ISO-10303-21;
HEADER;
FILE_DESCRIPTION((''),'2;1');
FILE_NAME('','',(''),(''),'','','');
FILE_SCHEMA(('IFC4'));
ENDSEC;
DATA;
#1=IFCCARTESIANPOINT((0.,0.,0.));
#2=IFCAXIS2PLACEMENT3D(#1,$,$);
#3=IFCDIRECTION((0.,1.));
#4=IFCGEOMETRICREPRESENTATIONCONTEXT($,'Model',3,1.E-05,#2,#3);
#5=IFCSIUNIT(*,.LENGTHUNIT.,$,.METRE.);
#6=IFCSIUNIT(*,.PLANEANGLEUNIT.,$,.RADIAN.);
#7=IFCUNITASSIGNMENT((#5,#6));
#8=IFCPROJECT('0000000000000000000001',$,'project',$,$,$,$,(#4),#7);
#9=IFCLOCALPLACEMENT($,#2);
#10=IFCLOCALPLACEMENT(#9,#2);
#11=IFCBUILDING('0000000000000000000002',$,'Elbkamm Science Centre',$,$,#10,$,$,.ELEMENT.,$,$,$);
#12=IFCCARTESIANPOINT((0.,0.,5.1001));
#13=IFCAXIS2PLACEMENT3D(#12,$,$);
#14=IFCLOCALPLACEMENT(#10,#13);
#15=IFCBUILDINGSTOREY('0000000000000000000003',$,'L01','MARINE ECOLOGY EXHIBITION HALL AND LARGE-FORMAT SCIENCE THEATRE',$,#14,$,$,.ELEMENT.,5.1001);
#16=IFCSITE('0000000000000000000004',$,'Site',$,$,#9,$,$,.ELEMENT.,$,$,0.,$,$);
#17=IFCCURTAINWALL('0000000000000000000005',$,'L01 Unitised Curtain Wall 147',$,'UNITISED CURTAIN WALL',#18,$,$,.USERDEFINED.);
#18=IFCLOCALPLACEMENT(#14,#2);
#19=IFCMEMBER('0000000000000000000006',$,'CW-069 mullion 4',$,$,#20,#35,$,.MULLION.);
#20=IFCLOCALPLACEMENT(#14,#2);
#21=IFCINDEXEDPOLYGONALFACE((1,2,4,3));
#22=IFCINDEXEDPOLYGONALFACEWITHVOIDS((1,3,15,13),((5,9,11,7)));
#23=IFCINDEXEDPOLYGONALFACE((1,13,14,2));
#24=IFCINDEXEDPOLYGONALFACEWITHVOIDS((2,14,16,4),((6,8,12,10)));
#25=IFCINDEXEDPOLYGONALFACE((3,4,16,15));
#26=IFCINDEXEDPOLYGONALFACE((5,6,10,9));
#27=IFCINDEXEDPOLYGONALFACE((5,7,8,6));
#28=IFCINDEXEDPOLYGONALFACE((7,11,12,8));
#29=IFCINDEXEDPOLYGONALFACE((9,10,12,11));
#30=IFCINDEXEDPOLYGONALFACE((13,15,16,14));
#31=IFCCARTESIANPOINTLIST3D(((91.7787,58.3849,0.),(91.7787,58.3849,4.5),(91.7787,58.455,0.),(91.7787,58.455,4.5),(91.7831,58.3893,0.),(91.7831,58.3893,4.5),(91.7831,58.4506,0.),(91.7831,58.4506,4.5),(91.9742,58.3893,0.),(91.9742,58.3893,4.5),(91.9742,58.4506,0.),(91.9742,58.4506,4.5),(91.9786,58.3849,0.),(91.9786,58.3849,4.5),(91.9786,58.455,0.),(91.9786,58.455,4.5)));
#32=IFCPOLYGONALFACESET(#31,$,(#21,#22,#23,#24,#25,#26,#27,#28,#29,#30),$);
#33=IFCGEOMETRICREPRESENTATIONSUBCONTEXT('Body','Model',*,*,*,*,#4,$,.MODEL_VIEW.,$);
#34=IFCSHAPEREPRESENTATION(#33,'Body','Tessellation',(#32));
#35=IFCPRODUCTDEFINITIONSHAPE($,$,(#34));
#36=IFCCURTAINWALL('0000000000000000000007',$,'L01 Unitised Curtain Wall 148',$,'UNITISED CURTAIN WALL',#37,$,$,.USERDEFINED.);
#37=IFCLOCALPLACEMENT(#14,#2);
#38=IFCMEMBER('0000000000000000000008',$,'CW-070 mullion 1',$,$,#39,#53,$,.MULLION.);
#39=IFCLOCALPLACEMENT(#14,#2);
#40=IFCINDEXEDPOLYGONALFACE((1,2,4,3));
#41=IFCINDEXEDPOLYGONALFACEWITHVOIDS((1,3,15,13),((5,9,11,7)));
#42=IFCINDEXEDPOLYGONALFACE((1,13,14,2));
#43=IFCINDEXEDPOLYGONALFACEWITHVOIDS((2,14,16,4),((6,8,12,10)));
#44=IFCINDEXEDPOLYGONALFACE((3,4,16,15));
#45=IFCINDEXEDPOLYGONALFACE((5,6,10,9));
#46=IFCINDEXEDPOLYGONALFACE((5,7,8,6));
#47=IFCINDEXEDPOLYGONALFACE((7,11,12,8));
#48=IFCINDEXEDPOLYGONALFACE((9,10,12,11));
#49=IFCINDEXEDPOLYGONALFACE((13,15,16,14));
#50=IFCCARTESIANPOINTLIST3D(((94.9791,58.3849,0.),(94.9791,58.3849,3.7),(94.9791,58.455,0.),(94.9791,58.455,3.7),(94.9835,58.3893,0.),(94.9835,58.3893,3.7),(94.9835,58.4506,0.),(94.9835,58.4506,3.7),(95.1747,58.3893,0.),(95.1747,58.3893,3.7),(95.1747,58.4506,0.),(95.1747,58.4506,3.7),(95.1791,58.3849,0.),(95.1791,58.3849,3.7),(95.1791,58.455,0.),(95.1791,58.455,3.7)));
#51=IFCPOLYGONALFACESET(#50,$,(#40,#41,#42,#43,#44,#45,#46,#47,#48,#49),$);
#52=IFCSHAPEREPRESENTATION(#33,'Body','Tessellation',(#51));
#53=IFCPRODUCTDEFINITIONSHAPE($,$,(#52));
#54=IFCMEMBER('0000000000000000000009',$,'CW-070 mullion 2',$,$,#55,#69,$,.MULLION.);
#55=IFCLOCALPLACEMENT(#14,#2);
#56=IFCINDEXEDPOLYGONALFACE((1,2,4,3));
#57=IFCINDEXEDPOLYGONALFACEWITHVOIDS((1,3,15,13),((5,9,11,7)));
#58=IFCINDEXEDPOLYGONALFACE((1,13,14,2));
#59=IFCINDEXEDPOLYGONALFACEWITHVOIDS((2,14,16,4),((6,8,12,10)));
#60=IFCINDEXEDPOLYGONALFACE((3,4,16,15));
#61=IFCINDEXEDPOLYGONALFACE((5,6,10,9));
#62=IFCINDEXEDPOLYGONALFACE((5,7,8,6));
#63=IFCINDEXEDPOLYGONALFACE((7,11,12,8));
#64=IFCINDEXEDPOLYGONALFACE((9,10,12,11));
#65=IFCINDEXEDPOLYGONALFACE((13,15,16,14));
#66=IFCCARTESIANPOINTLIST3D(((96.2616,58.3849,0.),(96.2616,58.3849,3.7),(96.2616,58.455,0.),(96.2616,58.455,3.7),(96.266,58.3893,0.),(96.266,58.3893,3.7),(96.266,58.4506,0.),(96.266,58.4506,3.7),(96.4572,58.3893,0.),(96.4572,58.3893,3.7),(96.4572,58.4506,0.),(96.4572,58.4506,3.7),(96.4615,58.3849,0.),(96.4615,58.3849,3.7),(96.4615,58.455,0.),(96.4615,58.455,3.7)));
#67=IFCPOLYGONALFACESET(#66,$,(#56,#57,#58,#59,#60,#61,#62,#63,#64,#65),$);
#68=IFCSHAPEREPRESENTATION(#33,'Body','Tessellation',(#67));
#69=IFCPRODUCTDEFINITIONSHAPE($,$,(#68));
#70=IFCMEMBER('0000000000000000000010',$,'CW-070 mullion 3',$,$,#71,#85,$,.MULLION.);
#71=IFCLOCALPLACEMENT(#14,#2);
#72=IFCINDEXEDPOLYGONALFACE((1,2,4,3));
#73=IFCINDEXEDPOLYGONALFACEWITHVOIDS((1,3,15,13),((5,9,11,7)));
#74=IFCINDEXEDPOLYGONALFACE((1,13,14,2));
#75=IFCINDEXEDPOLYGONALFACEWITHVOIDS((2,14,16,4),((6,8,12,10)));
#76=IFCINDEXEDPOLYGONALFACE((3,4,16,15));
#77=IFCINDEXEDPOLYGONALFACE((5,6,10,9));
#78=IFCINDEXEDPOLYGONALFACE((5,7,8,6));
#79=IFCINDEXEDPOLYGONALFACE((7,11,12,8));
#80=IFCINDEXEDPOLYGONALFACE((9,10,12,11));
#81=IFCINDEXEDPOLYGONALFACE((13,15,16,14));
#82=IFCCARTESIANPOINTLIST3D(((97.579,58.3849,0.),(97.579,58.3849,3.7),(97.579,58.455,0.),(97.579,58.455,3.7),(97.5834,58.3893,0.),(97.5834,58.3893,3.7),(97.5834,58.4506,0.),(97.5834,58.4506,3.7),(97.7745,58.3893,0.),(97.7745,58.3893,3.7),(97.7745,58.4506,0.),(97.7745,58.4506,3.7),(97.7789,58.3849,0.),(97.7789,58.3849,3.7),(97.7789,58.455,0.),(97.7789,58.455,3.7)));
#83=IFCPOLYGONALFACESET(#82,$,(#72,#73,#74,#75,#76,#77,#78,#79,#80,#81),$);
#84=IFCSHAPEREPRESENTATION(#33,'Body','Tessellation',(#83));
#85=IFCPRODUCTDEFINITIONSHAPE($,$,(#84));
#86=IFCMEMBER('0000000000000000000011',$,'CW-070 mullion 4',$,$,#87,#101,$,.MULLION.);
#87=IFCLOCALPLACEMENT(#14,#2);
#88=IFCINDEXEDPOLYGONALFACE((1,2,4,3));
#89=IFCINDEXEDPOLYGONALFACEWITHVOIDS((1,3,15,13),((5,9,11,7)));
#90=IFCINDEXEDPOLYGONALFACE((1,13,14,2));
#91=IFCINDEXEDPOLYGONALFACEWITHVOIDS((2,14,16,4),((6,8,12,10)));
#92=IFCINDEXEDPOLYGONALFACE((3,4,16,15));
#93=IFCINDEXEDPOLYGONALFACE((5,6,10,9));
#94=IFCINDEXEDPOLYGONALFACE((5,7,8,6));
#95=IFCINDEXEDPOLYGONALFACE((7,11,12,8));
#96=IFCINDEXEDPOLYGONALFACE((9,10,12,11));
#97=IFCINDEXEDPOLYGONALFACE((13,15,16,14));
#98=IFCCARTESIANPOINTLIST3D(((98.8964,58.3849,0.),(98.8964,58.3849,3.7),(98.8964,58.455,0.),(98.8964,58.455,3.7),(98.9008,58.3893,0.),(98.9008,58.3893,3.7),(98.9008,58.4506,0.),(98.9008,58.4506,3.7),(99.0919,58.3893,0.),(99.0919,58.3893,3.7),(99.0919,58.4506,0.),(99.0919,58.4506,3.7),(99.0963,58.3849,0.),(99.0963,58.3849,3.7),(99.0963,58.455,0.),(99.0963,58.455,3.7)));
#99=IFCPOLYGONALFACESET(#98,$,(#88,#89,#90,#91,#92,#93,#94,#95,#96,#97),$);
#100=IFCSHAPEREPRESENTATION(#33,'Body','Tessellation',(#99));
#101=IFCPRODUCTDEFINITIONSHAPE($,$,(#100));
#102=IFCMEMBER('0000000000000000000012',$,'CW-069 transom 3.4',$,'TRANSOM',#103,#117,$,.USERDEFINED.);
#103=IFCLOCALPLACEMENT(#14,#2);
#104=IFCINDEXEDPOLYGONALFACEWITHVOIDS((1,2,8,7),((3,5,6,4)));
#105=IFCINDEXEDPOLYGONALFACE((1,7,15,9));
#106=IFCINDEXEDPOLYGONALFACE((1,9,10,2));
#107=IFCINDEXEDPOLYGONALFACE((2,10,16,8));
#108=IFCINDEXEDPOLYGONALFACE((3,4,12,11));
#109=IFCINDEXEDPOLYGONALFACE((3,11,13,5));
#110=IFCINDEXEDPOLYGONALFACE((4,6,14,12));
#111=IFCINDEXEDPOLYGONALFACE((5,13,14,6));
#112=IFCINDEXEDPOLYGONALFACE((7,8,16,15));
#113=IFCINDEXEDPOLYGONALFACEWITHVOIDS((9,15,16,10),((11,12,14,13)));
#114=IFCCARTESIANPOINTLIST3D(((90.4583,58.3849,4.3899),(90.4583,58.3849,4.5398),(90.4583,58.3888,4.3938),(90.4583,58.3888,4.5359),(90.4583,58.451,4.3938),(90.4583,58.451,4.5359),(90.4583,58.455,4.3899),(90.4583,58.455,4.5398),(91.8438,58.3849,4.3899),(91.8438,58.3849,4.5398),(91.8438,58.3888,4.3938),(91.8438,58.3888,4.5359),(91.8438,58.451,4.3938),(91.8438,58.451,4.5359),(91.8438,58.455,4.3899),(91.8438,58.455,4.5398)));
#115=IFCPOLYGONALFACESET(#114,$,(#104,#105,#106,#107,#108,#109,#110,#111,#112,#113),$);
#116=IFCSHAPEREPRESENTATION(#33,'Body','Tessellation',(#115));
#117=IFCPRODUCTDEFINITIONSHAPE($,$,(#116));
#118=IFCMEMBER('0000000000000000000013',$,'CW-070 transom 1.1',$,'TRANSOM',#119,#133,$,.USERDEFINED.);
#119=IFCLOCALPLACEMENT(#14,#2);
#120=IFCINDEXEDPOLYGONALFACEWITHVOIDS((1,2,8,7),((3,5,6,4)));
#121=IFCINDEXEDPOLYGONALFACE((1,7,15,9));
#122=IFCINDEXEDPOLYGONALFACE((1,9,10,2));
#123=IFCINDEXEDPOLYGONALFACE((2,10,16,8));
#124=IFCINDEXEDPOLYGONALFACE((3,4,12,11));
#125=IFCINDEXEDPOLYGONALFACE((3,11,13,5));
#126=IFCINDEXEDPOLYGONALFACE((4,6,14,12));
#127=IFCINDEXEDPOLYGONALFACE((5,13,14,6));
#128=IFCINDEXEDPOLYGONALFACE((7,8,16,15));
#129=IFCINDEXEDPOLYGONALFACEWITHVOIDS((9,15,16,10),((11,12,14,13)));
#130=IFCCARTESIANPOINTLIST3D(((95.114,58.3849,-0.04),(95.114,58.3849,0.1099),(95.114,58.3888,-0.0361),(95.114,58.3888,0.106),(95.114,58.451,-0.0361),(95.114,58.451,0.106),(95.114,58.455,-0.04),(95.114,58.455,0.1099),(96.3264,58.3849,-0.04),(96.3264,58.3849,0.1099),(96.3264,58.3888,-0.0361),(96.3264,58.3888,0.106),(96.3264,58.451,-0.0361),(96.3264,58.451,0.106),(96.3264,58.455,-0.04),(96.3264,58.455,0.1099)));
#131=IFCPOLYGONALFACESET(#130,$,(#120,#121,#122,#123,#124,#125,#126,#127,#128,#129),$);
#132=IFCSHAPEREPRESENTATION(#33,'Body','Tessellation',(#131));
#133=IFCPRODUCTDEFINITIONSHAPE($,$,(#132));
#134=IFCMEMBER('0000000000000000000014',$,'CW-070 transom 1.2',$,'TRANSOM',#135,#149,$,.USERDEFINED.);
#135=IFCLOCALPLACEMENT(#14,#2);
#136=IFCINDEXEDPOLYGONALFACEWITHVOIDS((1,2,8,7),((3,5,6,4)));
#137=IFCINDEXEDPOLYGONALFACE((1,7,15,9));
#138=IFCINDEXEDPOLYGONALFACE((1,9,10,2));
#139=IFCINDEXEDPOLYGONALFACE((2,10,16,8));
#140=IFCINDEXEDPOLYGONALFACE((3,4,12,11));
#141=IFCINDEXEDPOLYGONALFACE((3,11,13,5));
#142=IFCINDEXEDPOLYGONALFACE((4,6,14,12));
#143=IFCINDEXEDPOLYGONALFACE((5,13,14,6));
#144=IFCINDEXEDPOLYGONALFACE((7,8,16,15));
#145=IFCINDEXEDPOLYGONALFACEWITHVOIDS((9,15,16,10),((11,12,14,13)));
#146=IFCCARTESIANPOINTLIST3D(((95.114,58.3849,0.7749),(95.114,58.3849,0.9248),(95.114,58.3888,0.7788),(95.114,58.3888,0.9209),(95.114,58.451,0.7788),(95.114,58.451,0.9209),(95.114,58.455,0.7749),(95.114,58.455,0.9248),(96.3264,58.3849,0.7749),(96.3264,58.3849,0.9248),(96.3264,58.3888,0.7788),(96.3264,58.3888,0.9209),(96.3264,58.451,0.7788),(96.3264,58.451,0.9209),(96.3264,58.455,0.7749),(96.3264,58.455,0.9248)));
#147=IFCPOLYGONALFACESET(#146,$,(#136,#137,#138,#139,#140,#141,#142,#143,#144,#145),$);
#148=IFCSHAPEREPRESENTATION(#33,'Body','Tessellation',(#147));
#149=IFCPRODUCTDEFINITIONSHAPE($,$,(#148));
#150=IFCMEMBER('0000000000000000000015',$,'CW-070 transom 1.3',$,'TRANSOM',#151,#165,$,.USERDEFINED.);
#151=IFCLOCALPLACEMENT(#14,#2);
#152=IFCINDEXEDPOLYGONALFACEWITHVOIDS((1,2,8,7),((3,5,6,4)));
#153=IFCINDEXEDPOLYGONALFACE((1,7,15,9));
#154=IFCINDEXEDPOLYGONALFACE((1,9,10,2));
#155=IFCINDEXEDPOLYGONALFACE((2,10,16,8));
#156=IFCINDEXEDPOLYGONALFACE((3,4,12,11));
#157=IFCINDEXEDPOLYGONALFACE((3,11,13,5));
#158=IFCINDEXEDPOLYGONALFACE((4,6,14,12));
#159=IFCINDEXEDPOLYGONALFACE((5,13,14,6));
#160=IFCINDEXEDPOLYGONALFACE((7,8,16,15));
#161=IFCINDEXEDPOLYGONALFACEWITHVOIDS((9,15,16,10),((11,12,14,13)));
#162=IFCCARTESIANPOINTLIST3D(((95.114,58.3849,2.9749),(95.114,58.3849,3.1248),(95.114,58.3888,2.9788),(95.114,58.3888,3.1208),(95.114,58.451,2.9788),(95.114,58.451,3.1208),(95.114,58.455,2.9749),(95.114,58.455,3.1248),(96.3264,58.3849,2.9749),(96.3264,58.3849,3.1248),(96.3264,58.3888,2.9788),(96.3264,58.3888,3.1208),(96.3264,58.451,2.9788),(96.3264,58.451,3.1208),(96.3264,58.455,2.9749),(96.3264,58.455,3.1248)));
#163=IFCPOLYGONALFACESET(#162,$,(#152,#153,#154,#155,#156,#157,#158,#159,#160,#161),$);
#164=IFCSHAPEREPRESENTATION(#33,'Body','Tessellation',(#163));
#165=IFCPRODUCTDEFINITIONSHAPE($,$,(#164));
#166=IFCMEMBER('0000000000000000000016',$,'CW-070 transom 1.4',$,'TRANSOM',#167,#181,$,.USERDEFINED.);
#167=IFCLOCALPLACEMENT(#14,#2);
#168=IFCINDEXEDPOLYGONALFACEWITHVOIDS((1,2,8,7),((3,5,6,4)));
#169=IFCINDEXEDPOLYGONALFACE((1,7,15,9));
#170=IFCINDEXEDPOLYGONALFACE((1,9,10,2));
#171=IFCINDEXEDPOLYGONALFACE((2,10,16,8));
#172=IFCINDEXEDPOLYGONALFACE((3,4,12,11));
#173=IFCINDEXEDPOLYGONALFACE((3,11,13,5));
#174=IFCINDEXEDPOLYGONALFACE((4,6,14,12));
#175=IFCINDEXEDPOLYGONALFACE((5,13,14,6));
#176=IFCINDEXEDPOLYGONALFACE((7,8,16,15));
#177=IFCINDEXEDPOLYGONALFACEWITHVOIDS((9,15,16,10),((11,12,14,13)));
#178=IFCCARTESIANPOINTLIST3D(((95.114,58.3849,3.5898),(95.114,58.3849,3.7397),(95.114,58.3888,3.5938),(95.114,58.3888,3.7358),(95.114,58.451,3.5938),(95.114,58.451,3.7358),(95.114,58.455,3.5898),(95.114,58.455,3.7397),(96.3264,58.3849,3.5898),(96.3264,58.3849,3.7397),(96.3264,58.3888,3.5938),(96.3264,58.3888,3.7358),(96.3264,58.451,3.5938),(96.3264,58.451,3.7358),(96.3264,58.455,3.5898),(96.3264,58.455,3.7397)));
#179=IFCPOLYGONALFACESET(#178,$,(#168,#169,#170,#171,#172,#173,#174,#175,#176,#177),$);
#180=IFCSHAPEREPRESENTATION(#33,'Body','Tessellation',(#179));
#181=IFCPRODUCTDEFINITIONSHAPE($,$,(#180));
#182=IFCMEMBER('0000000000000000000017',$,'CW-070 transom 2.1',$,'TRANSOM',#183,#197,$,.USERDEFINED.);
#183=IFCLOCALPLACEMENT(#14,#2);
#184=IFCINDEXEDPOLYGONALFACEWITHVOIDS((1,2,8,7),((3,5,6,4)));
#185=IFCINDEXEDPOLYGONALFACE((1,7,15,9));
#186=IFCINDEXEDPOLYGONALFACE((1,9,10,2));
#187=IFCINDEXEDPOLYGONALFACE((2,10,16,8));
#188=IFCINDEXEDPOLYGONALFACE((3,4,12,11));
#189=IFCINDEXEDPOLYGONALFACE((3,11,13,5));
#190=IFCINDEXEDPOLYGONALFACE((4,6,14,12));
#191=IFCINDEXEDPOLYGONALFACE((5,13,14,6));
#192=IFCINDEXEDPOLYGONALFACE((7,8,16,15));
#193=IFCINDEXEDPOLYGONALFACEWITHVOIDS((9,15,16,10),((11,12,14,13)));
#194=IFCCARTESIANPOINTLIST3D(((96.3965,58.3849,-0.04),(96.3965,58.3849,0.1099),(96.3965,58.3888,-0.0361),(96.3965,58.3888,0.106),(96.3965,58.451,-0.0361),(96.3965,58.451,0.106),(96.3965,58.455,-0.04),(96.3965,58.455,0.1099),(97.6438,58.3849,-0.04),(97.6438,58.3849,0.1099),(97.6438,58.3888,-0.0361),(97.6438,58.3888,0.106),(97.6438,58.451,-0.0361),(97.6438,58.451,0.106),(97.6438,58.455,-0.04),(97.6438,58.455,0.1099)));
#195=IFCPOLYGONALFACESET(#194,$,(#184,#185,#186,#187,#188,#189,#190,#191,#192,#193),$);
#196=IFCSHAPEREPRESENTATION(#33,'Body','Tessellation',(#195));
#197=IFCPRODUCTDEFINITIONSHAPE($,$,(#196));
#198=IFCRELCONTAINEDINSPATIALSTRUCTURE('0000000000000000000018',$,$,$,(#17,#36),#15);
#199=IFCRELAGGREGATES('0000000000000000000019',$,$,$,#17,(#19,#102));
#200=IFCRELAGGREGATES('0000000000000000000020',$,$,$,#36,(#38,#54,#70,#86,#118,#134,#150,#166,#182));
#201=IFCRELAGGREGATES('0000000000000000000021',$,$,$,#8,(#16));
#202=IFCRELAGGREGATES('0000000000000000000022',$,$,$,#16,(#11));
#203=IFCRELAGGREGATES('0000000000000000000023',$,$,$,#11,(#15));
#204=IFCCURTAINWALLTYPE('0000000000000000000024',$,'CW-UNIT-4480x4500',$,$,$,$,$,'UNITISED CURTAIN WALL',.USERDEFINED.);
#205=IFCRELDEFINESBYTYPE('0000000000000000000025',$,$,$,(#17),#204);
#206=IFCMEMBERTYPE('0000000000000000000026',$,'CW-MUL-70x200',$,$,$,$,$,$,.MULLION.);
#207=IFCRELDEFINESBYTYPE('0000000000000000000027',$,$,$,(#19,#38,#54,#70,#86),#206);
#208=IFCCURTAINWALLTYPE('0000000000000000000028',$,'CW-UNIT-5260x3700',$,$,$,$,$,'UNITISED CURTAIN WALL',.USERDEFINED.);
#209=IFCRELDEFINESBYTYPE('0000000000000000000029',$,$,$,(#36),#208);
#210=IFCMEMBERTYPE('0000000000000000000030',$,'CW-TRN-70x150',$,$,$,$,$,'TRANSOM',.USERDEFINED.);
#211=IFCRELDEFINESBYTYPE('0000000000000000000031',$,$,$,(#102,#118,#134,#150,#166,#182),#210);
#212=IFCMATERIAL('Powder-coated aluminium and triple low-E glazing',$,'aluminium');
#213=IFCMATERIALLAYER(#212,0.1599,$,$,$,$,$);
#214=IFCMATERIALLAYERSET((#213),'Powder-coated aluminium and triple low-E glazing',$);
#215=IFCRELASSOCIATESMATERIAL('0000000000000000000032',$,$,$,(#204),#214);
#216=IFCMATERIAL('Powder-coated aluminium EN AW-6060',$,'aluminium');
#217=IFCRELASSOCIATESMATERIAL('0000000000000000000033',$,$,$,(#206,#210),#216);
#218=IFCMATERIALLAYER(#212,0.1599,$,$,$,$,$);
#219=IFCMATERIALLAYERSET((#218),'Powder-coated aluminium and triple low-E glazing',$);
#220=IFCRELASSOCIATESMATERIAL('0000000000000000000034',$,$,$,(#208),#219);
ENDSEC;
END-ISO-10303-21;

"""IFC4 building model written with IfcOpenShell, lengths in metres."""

from ifc_helpers import new_model, si_unit, direction, frame, origin, origin_2d, place, context, subcontext, project, spatial, hollow_rectangle, extrude, material, layer, layer_set, material_profile, profile_set, type_object, element, aggregate, save


model = new_model("IFC4")

# Units and contexts
model_context = context("Model", 3, precision=1e-05, world=origin(), true_north=direction((0.0, 1.0)))
body_context = subcontext(model_context, "Body", "Model", "MODEL_VIEW")
ifc_project = project(units=[si_unit("LENGTHUNIT", "METRE"), si_unit("PLANEANGLEUNIT", "RADIAN")], contexts=[model_context])

# Site, building, storey
site_placement = place(None, origin())
site = spatial("IfcSite", under=ifc_project, at=site_placement, Name="Site", CompositionType="ELEMENT", RefElevation=0.0)
building_placement = place(site_placement, origin())
building = spatial("IfcBuilding", under=site, at=building_placement, Name="Elbkamm Science Centre", CompositionType="ELEMENT")
storey_placement = place(building_placement, frame((0.0, 0.0, 5.1001)))
storey = spatial("IfcBuildingStorey", under=building, at=storey_placement, Name="L01", Description="MARINE ECOLOGY EXHIBITION HALL AND LARGE-FORMAT SCIENCE THEATRE", CompositionType="ELEMENT", Elevation=5.1001)

# Curtain wall, member
ifc_material_1 = material(Name="Powder-coated aluminium and triple low-E glazing", Category="aluminium")
ifc_layer_1 = layer(ifc_material_1, 0.1599)
ifc_layer_set_1 = layer_set([ifc_layer_1], Name="Powder-coated aluminium and triple low-E glazing")
curtain_wall_type_1 = type_object("IfcCurtainWallType", Name="CW-UNIT-4480x4500", ElementType="UNITISED CURTAIN WALL", PredefinedType="USERDEFINED", material=ifc_layer_set_1)
curtain_wall_1_placement = place(storey_placement, origin())
curtain_wall_1 = element("IfcCurtainWall", 1, at=curtain_wall_1_placement, inside=storey, type_object=curtain_wall_type_1, Name="L01 Unitised Curtain Wall 147", ObjectType="UNITISED CURTAIN WALL", PredefinedType="USERDEFINED")
ifc_material_2 = material(Name="Powder-coated aluminium EN AW-6060", Category="aluminium")
ifc_material_profile_1 = material_profile(ifc_material_2, hollow_rectangle(XDim=0.0701, YDim=0.2, WallThickness=0.0044, at=origin_2d()), Name="ALU M70x200")
ifc_profile_set_1 = profile_set([ifc_material_profile_1], Name="Powder-coated aluminium EN AW-6060")
member_type_1 = type_object("IfcMemberType", Name="CW-MUL-70x200", PredefinedType="MULLION", material=ifc_profile_set_1)
member_1_placement = place(storey_placement, frame((91.8787, 58.4199, 0.0), z_axis=(0.0, 0.0, 1.0), x_axis=(0.0, 1.0, 0.0)))
member_1 = element("IfcMember", 2, at=member_1_placement, type_object=member_type_1, Name="CW-069 mullion 4", PredefinedType="MULLION", context=body_context, shape_type="SweptSolid", body=[
    extrude(hollow_rectangle(XDim=0.0701, YDim=0.2, WallThickness=0.0044, at=origin_2d()), origin(), (0.0, 0.0, 1.0), 4.5),
])

# Curtain wall, members
ifc_layer_2 = layer(ifc_material_1, 0.1599)
ifc_layer_set_2 = layer_set([ifc_layer_2], Name="Powder-coated aluminium and triple low-E glazing")
curtain_wall_type_2 = type_object("IfcCurtainWallType", Name="CW-UNIT-5260x3700", ElementType="UNITISED CURTAIN WALL", PredefinedType="USERDEFINED", material=ifc_layer_set_2)
curtain_wall_2_placement = place(storey_placement, origin())
curtain_wall_2 = element("IfcCurtainWall", 3, at=curtain_wall_2_placement, inside=storey, type_object=curtain_wall_type_2, Name="L01 Unitised Curtain Wall 148", ObjectType="UNITISED CURTAIN WALL", PredefinedType="USERDEFINED")
member_2_placement = place(storey_placement, frame((95.0791, 58.4199, 0.0), z_axis=(0.0, 0.0, 1.0), x_axis=(0.0, 1.0, 0.0)))
member_2 = element("IfcMember", 4, at=member_2_placement, type_object=member_type_1, Name="CW-070 mullion 1", PredefinedType="MULLION", context=body_context, shape_type="SweptSolid", body=[
    extrude(hollow_rectangle(XDim=0.0701, YDim=0.2, WallThickness=0.0044, at=origin_2d()), origin(), (0.0, 0.0, 1.0), 3.7),
])
member_3_placement = place(storey_placement, frame((96.3616, 58.4199, 0.0), z_axis=(0.0, 0.0, 1.0), x_axis=(0.0, 1.0, 0.0)))
member_3 = element("IfcMember", 5, at=member_3_placement, type_object=member_type_1, Name="CW-070 mullion 2", PredefinedType="MULLION", context=body_context, shape_type="SweptSolid", body=[
    extrude(hollow_rectangle(XDim=0.0701, YDim=0.2, WallThickness=0.0044, at=origin_2d()), origin(), (0.0, 0.0, 1.0), 3.7),
])
member_4_placement = place(storey_placement, frame((97.679, 58.4199, 0.0), z_axis=(0.0, 0.0, 1.0), x_axis=(0.0, 1.0, 0.0)))
member_4 = element("IfcMember", 6, at=member_4_placement, type_object=member_type_1, Name="CW-070 mullion 3", PredefinedType="MULLION", context=body_context, shape_type="SweptSolid", body=[
    extrude(hollow_rectangle(XDim=0.0701, YDim=0.2, WallThickness=0.0044, at=origin_2d()), origin(), (0.0, 0.0, 1.0), 3.7),
])
member_5_placement = place(storey_placement, frame((98.9963, 58.4199, 0.0), z_axis=(0.0, 0.0, 1.0), x_axis=(0.0, 1.0, 0.0)))
member_5 = element("IfcMember", 7, at=member_5_placement, type_object=member_type_1, Name="CW-070 mullion 4", PredefinedType="MULLION", context=body_context, shape_type="SweptSolid", body=[
    extrude(hollow_rectangle(XDim=0.0701, YDim=0.2, WallThickness=0.0044, at=origin_2d()), origin(), (0.0, 0.0, 1.0), 3.7),
])

# Members
ifc_material_profile_2 = material_profile(ifc_material_2, hollow_rectangle(XDim=0.0701, YDim=0.1499, WallThickness=0.0039, at=origin_2d()), Name="ALU T70x150")
ifc_profile_set_2 = profile_set([ifc_material_profile_2], Name="Powder-coated aluminium EN AW-6060")
member_type_2 = type_object("IfcMemberType", Name="CW-TRN-70x150", ElementType="TRANSOM", PredefinedType="USERDEFINED", material=ifc_profile_set_2)
member_6_placement = place(storey_placement, frame((90.4583, 58.4199, 4.4648), z_axis=(1.0, 0.0, 0.0), x_axis=(0.0, 1.0, 0.0)))
member_6 = element("IfcMember", 8, at=member_6_placement, type_object=member_type_2, Name="CW-069 transom 3.4", ObjectType="TRANSOM", PredefinedType="USERDEFINED", context=body_context, shape_type="SweptSolid", body=[
    extrude(hollow_rectangle(XDim=0.0701, YDim=0.1499, WallThickness=0.0039, at=origin_2d()), origin(), (0.0, 0.0, 1.0), 1.3855),
])
member_7_placement = place(storey_placement, frame((95.114, 58.4199, 0.0349), z_axis=(1.0, 0.0, 0.0), x_axis=(0.0, 1.0, 0.0)))
member_7 = element("IfcMember", 9, at=member_7_placement, type_object=member_type_2, Name="CW-070 transom 1.1", ObjectType="TRANSOM", PredefinedType="USERDEFINED", context=body_context, shape_type="SweptSolid", body=[
    extrude(hollow_rectangle(XDim=0.0701, YDim=0.1499, WallThickness=0.0039, at=origin_2d()), origin(), (0.0, 0.0, 1.0), 1.2124),
])
member_8_placement = place(storey_placement, frame((95.114, 58.4199, 0.8499), z_axis=(1.0, 0.0, 0.0), x_axis=(0.0, 1.0, 0.0)))
member_8 = element("IfcMember", 10, at=member_8_placement, type_object=member_type_2, Name="CW-070 transom 1.2", ObjectType="TRANSOM", PredefinedType="USERDEFINED", context=body_context, shape_type="SweptSolid", body=[
    extrude(hollow_rectangle(XDim=0.0701, YDim=0.1499, WallThickness=0.0039, at=origin_2d()), origin(), (0.0, 0.0, 1.0), 1.2124),
])
member_9_placement = place(storey_placement, frame((95.114, 58.4199, 3.0498), z_axis=(1.0, 0.0, 0.0), x_axis=(0.0, 1.0, 0.0)))
member_9 = element("IfcMember", 11, at=member_9_placement, type_object=member_type_2, Name="CW-070 transom 1.3", ObjectType="TRANSOM", PredefinedType="USERDEFINED", context=body_context, shape_type="SweptSolid", body=[
    extrude(hollow_rectangle(XDim=0.0701, YDim=0.1499, WallThickness=0.0039, at=origin_2d()), origin(), (0.0, 0.0, 1.0), 1.2124),
])
member_10_placement = place(storey_placement, frame((95.114, 58.4199, 3.6648), z_axis=(1.0, 0.0, 0.0), x_axis=(0.0, 1.0, 0.0)))
member_10 = element("IfcMember", 12, at=member_10_placement, type_object=member_type_2, Name="CW-070 transom 1.4", ObjectType="TRANSOM", PredefinedType="USERDEFINED", context=body_context, shape_type="SweptSolid", body=[
    extrude(hollow_rectangle(XDim=0.0701, YDim=0.1499, WallThickness=0.0039, at=origin_2d()), origin(), (0.0, 0.0, 1.0), 1.2124),
])
member_11_placement = place(storey_placement, frame((96.3965, 58.4199, 0.0349), z_axis=(1.0, 0.0, 0.0), x_axis=(0.0, 1.0, 0.0)))
member_11 = element("IfcMember", 13, at=member_11_placement, type_object=member_type_2, Name="CW-070 transom 2.1", ObjectType="TRANSOM", PredefinedType="USERDEFINED", context=body_context, shape_type="SweptSolid", body=[
    extrude(hollow_rectangle(XDim=0.0701, YDim=0.1499, WallThickness=0.0039, at=origin_2d()), origin(), (0.0, 0.0, 1.0), 1.2473),
])

aggregate(curtain_wall_1, [member_1, member_6])
aggregate(curtain_wall_2, [member_2, member_3, member_4, member_5, member_7, member_8, member_9, member_10, member_11])

save(model, "model.ifc")
